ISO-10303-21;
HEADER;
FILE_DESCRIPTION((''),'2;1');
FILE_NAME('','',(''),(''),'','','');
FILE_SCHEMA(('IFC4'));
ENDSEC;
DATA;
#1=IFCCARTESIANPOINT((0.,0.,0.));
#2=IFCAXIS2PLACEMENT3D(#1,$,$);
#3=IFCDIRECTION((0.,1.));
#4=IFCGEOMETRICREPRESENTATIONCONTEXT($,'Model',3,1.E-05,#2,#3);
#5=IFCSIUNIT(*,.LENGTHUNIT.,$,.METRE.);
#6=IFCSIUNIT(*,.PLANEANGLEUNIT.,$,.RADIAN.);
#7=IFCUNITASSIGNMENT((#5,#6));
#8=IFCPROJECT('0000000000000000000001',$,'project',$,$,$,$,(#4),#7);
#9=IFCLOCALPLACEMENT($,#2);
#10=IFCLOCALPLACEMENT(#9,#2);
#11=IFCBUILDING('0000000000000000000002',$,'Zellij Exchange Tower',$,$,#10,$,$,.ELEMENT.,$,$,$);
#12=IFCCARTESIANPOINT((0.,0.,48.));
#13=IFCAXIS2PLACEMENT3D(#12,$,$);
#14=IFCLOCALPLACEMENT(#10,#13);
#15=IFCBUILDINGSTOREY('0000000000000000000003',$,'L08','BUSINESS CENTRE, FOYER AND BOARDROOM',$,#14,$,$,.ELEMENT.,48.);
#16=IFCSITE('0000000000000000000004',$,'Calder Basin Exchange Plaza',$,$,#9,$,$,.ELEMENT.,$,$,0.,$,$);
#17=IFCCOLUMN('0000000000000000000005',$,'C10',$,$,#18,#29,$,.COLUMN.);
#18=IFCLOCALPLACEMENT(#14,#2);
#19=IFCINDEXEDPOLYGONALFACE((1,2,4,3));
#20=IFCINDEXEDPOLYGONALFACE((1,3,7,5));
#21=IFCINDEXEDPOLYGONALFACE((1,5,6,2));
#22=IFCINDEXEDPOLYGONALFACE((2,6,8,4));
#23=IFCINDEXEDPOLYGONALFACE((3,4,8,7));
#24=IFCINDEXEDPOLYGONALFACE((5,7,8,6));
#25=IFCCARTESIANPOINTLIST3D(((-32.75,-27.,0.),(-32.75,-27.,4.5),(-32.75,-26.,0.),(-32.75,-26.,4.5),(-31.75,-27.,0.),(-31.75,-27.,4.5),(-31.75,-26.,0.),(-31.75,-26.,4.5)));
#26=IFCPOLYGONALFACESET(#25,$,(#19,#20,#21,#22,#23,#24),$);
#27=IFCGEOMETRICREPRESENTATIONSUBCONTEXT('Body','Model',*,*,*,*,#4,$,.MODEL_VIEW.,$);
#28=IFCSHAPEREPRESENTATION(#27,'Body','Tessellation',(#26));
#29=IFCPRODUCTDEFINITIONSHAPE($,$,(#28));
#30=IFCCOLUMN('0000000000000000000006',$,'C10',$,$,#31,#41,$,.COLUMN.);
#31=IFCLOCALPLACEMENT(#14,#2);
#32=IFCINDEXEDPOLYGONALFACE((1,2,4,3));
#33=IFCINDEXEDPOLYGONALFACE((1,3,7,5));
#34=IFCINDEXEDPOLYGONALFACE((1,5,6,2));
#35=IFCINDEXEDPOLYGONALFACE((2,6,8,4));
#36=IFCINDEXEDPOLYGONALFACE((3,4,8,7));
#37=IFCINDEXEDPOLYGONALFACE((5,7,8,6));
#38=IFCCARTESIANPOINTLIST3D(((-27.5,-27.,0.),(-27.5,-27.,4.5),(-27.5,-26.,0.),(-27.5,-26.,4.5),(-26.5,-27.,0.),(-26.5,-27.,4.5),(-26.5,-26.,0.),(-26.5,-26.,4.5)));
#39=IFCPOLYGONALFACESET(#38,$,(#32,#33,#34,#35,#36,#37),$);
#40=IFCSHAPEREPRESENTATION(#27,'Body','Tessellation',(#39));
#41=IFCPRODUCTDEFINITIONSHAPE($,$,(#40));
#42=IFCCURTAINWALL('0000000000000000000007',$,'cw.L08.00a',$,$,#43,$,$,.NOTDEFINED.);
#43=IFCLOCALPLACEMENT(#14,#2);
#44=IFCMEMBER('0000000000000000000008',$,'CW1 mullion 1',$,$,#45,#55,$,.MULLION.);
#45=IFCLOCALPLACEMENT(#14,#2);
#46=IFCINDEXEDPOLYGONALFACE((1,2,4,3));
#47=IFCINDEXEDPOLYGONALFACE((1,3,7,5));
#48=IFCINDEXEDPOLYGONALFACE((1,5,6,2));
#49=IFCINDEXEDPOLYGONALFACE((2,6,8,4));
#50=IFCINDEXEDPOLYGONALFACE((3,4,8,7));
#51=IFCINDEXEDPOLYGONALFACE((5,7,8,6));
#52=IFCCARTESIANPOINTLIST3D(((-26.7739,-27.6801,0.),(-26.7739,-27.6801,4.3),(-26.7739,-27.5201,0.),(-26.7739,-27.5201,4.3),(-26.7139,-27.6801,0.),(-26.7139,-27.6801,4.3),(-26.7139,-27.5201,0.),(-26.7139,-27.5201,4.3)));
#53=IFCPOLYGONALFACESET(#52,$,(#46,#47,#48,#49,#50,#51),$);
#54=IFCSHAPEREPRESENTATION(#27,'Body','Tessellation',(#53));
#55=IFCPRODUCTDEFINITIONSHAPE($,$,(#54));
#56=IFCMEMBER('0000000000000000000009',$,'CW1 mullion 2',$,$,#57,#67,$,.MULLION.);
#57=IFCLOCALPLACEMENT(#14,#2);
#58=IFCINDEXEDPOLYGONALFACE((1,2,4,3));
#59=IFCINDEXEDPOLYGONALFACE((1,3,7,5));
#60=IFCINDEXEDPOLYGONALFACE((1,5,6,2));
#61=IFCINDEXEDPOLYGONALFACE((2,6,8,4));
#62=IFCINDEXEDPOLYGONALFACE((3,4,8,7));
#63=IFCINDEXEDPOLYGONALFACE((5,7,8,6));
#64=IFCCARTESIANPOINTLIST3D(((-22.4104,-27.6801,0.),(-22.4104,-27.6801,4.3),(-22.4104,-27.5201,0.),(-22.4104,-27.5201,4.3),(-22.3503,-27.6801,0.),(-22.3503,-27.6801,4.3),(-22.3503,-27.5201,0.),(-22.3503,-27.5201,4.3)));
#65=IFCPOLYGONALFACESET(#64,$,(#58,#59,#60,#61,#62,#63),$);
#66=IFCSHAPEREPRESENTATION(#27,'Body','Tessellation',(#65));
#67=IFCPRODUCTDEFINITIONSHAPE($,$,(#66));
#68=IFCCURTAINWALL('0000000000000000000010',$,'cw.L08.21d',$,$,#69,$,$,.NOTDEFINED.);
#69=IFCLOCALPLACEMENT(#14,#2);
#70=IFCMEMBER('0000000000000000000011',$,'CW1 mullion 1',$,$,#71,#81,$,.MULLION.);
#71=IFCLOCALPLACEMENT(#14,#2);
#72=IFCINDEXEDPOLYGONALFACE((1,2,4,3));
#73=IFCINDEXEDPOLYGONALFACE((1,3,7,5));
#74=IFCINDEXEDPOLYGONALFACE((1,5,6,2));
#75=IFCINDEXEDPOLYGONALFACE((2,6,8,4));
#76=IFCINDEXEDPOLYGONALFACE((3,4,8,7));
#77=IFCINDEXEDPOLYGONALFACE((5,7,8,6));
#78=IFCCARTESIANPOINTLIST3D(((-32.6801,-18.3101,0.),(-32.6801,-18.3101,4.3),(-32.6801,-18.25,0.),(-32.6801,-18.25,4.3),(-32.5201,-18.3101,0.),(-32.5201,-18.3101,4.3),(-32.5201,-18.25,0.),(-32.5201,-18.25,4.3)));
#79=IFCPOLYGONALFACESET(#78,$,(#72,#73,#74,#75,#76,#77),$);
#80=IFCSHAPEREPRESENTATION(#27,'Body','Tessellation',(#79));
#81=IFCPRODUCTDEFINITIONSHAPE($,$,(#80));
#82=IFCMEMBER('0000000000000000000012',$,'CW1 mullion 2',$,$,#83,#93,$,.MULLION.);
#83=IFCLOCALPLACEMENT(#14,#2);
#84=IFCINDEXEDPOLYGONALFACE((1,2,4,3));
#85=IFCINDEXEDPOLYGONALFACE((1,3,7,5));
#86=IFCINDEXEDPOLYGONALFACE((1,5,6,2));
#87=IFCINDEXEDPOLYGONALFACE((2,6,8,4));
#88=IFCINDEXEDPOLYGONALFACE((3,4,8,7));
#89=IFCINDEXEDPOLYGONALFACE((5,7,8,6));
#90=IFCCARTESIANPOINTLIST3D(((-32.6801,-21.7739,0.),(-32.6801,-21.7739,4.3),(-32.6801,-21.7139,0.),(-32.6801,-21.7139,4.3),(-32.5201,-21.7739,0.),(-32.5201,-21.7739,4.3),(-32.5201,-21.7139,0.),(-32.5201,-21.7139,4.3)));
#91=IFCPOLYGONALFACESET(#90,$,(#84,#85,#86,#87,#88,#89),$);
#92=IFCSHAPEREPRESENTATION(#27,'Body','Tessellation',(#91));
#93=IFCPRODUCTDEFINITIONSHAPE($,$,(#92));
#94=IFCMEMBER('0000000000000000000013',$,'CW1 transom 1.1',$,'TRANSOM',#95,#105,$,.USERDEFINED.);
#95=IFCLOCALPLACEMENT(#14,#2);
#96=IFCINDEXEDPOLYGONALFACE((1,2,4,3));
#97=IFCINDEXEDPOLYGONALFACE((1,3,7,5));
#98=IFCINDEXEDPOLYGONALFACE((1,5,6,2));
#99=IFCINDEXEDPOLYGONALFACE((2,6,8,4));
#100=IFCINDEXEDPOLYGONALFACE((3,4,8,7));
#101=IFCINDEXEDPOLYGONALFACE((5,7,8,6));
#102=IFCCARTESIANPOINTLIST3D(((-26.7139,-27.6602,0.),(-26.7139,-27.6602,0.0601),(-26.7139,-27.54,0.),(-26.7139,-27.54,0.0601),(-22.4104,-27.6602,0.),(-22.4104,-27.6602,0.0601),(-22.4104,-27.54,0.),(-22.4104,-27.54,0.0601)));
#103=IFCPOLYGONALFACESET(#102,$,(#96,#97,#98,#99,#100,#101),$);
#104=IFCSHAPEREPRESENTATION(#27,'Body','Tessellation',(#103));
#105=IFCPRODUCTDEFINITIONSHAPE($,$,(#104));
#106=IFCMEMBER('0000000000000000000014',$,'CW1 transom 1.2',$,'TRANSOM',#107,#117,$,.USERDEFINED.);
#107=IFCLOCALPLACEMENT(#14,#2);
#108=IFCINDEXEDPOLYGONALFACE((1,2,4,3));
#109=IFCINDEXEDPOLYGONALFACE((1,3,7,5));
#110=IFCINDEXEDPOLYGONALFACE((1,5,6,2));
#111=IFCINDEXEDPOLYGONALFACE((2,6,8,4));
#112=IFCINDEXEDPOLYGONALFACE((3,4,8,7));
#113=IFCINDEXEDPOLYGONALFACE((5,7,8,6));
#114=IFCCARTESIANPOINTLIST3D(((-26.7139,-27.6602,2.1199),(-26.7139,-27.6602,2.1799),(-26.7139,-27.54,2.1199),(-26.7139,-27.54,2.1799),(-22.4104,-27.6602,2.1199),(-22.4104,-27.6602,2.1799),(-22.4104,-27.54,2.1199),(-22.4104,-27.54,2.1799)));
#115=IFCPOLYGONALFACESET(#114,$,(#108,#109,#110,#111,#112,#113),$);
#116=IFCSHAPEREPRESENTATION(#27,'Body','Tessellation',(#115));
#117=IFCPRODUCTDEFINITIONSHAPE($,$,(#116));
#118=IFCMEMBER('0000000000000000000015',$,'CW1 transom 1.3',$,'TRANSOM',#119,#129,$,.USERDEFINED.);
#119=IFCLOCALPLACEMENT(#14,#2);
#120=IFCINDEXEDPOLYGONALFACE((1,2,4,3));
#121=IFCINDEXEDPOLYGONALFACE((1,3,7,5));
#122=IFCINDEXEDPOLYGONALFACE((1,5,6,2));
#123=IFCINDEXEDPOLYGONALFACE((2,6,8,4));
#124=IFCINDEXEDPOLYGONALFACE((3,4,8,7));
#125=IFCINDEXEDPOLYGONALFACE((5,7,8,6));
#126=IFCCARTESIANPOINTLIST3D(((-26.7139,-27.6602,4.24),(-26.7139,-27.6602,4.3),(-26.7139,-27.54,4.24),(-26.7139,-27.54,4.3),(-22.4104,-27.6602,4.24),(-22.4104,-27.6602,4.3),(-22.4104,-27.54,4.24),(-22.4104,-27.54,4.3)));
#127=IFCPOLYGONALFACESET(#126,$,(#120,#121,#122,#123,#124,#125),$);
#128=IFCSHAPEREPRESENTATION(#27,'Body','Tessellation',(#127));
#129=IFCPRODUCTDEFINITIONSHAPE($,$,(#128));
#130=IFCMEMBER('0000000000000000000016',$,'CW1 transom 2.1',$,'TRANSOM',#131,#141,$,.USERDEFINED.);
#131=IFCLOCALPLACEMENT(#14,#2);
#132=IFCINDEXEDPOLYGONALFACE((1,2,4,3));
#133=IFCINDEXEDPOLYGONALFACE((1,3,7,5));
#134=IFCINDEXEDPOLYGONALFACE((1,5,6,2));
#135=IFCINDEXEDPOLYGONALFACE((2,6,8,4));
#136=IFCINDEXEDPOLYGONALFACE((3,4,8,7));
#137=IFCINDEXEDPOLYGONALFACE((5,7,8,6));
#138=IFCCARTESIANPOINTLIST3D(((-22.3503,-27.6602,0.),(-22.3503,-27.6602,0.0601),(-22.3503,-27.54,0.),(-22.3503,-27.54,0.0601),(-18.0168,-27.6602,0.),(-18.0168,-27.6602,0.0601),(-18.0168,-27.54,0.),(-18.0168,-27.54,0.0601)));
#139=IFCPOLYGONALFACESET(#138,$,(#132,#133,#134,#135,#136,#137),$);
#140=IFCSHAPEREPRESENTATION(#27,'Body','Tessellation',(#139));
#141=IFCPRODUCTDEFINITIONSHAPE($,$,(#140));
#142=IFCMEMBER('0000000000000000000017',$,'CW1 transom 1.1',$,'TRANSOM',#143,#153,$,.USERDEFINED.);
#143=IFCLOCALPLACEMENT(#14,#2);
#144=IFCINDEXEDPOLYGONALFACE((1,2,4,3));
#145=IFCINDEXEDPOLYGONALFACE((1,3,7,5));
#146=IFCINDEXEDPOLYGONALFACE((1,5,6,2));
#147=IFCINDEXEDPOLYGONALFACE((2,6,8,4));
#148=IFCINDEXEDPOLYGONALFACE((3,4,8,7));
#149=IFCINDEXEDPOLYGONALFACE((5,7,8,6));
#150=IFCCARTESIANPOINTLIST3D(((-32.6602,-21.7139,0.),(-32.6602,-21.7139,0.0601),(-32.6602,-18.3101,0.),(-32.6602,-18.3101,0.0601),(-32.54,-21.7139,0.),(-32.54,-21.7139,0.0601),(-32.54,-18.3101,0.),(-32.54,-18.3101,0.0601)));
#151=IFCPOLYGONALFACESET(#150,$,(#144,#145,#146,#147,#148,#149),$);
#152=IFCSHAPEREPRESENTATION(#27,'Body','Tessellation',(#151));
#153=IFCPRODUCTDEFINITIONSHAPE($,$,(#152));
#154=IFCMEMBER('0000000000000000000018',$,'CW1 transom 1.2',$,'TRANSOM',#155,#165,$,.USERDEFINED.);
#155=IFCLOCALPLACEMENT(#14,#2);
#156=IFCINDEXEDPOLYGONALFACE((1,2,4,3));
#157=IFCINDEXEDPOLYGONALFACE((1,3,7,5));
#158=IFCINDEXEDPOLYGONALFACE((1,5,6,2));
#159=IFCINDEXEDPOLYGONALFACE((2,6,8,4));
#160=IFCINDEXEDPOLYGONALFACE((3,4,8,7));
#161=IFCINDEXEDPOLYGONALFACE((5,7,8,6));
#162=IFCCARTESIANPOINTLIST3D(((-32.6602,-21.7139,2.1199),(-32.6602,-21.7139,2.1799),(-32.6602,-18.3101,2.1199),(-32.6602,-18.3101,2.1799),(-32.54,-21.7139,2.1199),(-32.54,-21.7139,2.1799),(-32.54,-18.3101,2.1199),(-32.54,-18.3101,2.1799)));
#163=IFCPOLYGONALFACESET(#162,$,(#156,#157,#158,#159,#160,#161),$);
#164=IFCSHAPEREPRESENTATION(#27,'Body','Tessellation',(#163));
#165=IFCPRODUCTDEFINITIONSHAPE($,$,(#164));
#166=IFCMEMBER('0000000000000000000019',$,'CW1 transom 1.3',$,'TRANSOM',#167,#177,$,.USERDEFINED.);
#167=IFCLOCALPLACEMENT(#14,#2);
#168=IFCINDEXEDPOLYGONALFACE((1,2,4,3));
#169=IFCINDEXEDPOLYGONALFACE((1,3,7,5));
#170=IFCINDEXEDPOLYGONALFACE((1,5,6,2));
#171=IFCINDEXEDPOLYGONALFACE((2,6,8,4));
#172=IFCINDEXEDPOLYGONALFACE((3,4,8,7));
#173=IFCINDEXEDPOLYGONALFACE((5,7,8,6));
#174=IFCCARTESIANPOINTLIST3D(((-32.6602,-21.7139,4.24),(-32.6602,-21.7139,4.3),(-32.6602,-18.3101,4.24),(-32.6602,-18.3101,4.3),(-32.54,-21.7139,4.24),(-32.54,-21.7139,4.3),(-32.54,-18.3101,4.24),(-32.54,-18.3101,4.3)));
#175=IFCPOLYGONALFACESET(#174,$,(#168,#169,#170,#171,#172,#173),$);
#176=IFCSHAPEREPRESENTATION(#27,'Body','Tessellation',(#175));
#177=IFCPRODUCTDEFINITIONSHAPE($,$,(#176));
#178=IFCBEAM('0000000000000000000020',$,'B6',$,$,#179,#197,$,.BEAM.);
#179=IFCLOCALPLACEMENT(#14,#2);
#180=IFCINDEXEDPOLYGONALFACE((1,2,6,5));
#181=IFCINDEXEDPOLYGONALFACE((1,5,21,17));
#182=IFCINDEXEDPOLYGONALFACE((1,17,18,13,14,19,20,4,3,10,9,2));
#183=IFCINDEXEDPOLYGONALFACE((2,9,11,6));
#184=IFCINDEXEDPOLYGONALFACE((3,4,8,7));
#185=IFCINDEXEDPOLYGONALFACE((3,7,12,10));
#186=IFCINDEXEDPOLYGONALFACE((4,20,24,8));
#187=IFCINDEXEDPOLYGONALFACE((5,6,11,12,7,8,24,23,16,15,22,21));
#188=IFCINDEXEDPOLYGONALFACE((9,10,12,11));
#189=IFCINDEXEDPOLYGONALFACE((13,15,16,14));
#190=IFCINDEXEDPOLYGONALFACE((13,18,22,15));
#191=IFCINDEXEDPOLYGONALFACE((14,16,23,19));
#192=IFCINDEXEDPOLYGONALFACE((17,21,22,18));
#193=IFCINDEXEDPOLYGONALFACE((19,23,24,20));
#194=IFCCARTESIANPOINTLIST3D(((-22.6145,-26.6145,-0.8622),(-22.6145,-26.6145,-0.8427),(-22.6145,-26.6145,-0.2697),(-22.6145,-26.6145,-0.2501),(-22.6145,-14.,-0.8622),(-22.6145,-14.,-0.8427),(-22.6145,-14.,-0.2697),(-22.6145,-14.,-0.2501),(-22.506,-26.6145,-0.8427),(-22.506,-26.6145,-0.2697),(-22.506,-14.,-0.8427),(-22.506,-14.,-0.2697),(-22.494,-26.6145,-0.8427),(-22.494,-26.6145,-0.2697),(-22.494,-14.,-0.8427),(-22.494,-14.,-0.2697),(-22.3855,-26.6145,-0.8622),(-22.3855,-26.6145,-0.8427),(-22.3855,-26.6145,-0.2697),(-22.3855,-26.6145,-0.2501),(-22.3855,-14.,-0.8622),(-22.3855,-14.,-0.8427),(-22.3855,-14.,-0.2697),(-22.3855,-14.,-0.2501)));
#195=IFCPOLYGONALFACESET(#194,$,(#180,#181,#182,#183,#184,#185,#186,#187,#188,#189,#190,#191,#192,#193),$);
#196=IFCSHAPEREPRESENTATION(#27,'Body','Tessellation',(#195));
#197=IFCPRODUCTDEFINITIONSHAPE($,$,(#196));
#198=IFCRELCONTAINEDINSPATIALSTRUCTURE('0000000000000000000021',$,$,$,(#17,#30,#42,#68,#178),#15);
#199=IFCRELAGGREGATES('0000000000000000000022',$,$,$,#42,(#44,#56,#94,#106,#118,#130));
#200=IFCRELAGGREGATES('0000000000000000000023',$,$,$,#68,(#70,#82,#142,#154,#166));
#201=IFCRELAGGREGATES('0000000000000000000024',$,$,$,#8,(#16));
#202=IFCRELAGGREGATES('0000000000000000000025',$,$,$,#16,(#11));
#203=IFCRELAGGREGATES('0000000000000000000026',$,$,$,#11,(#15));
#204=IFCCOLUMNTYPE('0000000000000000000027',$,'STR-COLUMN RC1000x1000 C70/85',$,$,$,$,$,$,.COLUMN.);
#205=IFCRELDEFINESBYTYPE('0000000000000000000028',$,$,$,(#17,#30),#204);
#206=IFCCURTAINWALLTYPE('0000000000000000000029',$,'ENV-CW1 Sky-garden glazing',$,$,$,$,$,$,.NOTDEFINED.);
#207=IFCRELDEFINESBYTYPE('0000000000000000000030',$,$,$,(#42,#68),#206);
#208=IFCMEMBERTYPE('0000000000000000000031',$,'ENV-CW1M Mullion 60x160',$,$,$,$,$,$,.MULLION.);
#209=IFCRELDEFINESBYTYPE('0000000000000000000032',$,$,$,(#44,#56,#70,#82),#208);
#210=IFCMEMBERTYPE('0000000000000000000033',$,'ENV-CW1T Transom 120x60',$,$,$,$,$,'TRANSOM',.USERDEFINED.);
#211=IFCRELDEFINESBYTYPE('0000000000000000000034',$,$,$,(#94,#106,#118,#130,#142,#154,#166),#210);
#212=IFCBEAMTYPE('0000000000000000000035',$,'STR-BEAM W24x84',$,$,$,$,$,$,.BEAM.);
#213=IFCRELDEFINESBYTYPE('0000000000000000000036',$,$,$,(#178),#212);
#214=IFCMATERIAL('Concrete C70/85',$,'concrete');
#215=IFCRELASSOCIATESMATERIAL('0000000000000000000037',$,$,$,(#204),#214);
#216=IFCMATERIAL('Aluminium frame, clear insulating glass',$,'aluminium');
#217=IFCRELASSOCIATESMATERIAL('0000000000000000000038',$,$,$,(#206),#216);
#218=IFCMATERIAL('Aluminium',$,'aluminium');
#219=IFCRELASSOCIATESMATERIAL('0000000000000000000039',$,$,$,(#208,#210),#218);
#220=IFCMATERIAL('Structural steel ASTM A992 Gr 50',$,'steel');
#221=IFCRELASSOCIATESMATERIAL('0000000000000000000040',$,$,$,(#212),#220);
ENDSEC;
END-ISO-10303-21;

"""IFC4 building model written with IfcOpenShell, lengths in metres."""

from ifc_helpers import new_model, si_unit, direction, frame, origin, origin_2d, place, context, subcontext, project, spatial, rectangle, i_section, extrude, material, material_profile, profile_set, type_object, element, aggregate, save


model = new_model("IFC4")

# Units and contexts
model_context = context("Model", 3, precision=1e-05, world=origin(), true_north=direction((0.0, 1.0)))
body_context = subcontext(model_context, "Body", "Model", "MODEL_VIEW")
ifc_project = project(units=[si_unit("LENGTHUNIT", "METRE"), si_unit("PLANEANGLEUNIT", "RADIAN")], contexts=[model_context])

# Site, building, storey
site_placement = place(None, origin())
site = spatial("IfcSite", under=ifc_project, at=site_placement, Name="Calder Basin Exchange Plaza", CompositionType="ELEMENT", RefElevation=0.0)
building_placement = place(site_placement, origin())
building = spatial("IfcBuilding", under=site, at=building_placement, Name="Zellij Exchange Tower", CompositionType="ELEMENT")
storey_placement = place(building_placement, frame((0.0, 0.0, 48.0)))
storey = spatial("IfcBuildingStorey", under=building, at=storey_placement, Name="L08", Description="BUSINESS CENTRE, FOYER AND BOARDROOM", CompositionType="ELEMENT", Elevation=48.0)

# Columns
ifc_material_1 = material(Name="Concrete C70/85", Category="concrete")
ifc_material_profile_1 = material_profile(ifc_material_1, rectangle(XDim=1.0, YDim=1.0, at=origin_2d()), Name="STR-COLUMN RC1000x1000 C70/85")
ifc_profile_set_1 = profile_set([ifc_material_profile_1], Name="Concrete C70/85")
column_type = type_object("IfcColumnType", Name="STR-COLUMN RC1000x1000 C70/85", PredefinedType="COLUMN", material=ifc_profile_set_1)
for number, where, z_axis, x_axis, name in (
    (1, (-32.25, -26.5, 0.0), (0.0, 0.0, 1.0), (1.0, 0.0, 0.0), "C10"),
    (2, (-27.0, -26.5, 0.0), (0.0, 0.0, 1.0), (1.0, 0.0, 0.0), "C10"),
):
    element("IfcColumn", number, at=place(storey_placement, frame(where, z_axis=z_axis, x_axis=x_axis)), inside=storey, type_object=column_type, Name=name, PredefinedType="COLUMN", context=body_context, shape_type="SweptSolid", body=[
        extrude(rectangle(XDim=1.0, YDim=1.0, at=origin_2d()), origin(), (0.0, 0.0, 1.0), 4.5),
    ])

# Curtain walls, members
ifc_material_2 = material(Name="Aluminium frame, clear insulating glass", Category="aluminium")
curtain_wall_type = type_object("IfcCurtainWallType", Name="ENV-CW1 Sky-garden glazing", PredefinedType="NOTDEFINED", material=ifc_material_2)
curtain_wall_1_placement = place(storey_placement, origin())
curtain_wall_1 = element("IfcCurtainWall", 3, at=curtain_wall_1_placement, inside=storey, type_object=curtain_wall_type, Name="cw.L08.00a", PredefinedType="NOTDEFINED")
ifc_material_3 = material(Name="Aluminium", Category="aluminium")
ifc_material_profile_2 = material_profile(ifc_material_3, rectangle(XDim=0.0601, YDim=0.1599, at=origin_2d()), Name="AL 60x160")
ifc_profile_set_2 = profile_set([ifc_material_profile_2], Name="Aluminium")
member_type_1 = type_object("IfcMemberType", Name="ENV-CW1M Mullion 60x160", PredefinedType="MULLION", material=ifc_profile_set_2)
member_1_placement = place(storey_placement, frame((-26.7439, -27.6001, 0.0), z_axis=(0.0, 0.0, 1.0), x_axis=(1.0, 0.0, 0.0)))
member_1 = element("IfcMember", 4, at=member_1_placement, type_object=member_type_1, Name="CW1 mullion 1", PredefinedType="MULLION", context=body_context, shape_type="SweptSolid", body=[
    extrude(rectangle(XDim=0.0601, YDim=0.1599, at=origin_2d()), origin(), (0.0, 0.0, 1.0), 4.3),
])
member_2_placement = place(storey_placement, frame((-22.3804, -27.6001, 0.0), z_axis=(0.0, 0.0, 1.0), x_axis=(1.0, 0.0, 0.0)))
member_2 = element("IfcMember", 5, at=member_2_placement, type_object=member_type_1, Name="CW1 mullion 2", PredefinedType="MULLION", context=body_context, shape_type="SweptSolid", body=[
    extrude(rectangle(XDim=0.0601, YDim=0.1599, at=origin_2d()), origin(), (0.0, 0.0, 1.0), 4.3),
])
curtain_wall_2_placement = place(storey_placement, origin())
curtain_wall_2 = element("IfcCurtainWall", 6, at=curtain_wall_2_placement, inside=storey, type_object=curtain_wall_type, Name="cw.L08.21d", PredefinedType="NOTDEFINED")
member_3_placement = place(storey_placement, frame((-32.6001, -18.28, 0.0), z_axis=(0.0, 0.0, 1.0), x_axis=(0.0, -1.0, 0.0)))
member_3 = element("IfcMember", 7, at=member_3_placement, type_object=member_type_1, Name="CW1 mullion 1", PredefinedType="MULLION", context=body_context, shape_type="SweptSolid", body=[
    extrude(rectangle(XDim=0.0601, YDim=0.1599, at=origin_2d()), origin(), (0.0, 0.0, 1.0), 4.3),
])
member_4_placement = place(storey_placement, frame((-32.6001, -21.7439, 0.0), z_axis=(0.0, 0.0, 1.0), x_axis=(0.0, -1.0, 0.0)))
member_4 = element("IfcMember", 8, at=member_4_placement, type_object=member_type_1, Name="CW1 mullion 2", PredefinedType="MULLION", context=body_context, shape_type="SweptSolid", body=[
    extrude(rectangle(XDim=0.0601, YDim=0.1599, at=origin_2d()), origin(), (0.0, 0.0, 1.0), 4.3),
])

# Members
ifc_material_profile_3 = material_profile(ifc_material_3, rectangle(XDim=0.1201, YDim=0.0601, at=origin_2d()), Name="AL 120x60")
ifc_profile_set_3 = profile_set([ifc_material_profile_3], Name="Aluminium")
member_type_2 = type_object("IfcMemberType", Name="ENV-CW1T Transom 120x60", ElementType="TRANSOM", PredefinedType="USERDEFINED", material=ifc_profile_set_3)
member_5_placement = place(storey_placement, frame((-26.7139, -27.6001, 0.03), z_axis=(1.0, 0.0, 0.0), x_axis=(0.0, 1.0, 0.0)))
member_5 = element("IfcMember", 9, at=member_5_placement, type_object=member_type_2, Name="CW1 transom 1.1", ObjectType="TRANSOM", PredefinedType="USERDEFINED", context=body_context, shape_type="SweptSolid", body=[
    extrude(rectangle(XDim=0.1201, YDim=0.0601, at=origin_2d()), origin(), (0.0, 0.0, 1.0), 4.3035),
])
member_6_placement = place(storey_placement, frame((-26.7139, -27.6001, 2.1499), z_axis=(1.0, 0.0, 0.0), x_axis=(0.0, 1.0, 0.0)))
member_6 = element("IfcMember", 10, at=member_6_placement, type_object=member_type_2, Name="CW1 transom 1.2", ObjectType="TRANSOM", PredefinedType="USERDEFINED", context=body_context, shape_type="SweptSolid", body=[
    extrude(rectangle(XDim=0.1201, YDim=0.0601, at=origin_2d()), origin(), (0.0, 0.0, 1.0), 4.3035),
])
member_7_placement = place(storey_placement, frame((-26.7139, -27.6001, 4.27), z_axis=(1.0, 0.0, 0.0), x_axis=(0.0, 1.0, 0.0)))
member_7 = element("IfcMember", 11, at=member_7_placement, type_object=member_type_2, Name="CW1 transom 1.3", ObjectType="TRANSOM", PredefinedType="USERDEFINED", context=body_context, shape_type="SweptSolid", body=[
    extrude(rectangle(XDim=0.1201, YDim=0.0601, at=origin_2d()), origin(), (0.0, 0.0, 1.0), 4.3035),
])
member_8_placement = place(storey_placement, frame((-22.3503, -27.6001, 0.03), z_axis=(1.0, 0.0, 0.0), x_axis=(0.0, 1.0, 0.0)))
member_8 = element("IfcMember", 12, at=member_8_placement, type_object=member_type_2, Name="CW1 transom 2.1", ObjectType="TRANSOM", PredefinedType="USERDEFINED", context=body_context, shape_type="SweptSolid", body=[
    extrude(rectangle(XDim=0.1201, YDim=0.0601, at=origin_2d()), origin(), (0.0, 0.0, 1.0), 4.3335),
])
member_9_placement = place(storey_placement, frame((-32.6001, -18.3101, 0.03), z_axis=(0.0, -1.0, 0.0), x_axis=(1.0, 0.0, 0.0)))
member_9 = element("IfcMember", 13, at=member_9_placement, type_object=member_type_2, Name="CW1 transom 1.1", ObjectType="TRANSOM", PredefinedType="USERDEFINED", context=body_context, shape_type="SweptSolid", body=[
    extrude(rectangle(XDim=0.1201, YDim=0.0601, at=origin_2d()), origin(), (0.0, 0.0, 1.0), 3.4038),
])
member_10_placement = place(storey_placement, frame((-32.6001, -18.3101, 2.1499), z_axis=(0.0, -1.0, 0.0), x_axis=(1.0, 0.0, 0.0)))
member_10 = element("IfcMember", 14, at=member_10_placement, type_object=member_type_2, Name="CW1 transom 1.2", ObjectType="TRANSOM", PredefinedType="USERDEFINED", context=body_context, shape_type="SweptSolid", body=[
    extrude(rectangle(XDim=0.1201, YDim=0.0601, at=origin_2d()), origin(), (0.0, 0.0, 1.0), 3.4038),
])
member_11_placement = place(storey_placement, frame((-32.6001, -18.3101, 4.27), z_axis=(0.0, -1.0, 0.0), x_axis=(1.0, 0.0, 0.0)))
member_11 = element("IfcMember", 15, at=member_11_placement, type_object=member_type_2, Name="CW1 transom 1.3", ObjectType="TRANSOM", PredefinedType="USERDEFINED", context=body_context, shape_type="SweptSolid", body=[
    extrude(rectangle(XDim=0.1201, YDim=0.0601, at=origin_2d()), origin(), (0.0, 0.0, 1.0), 3.4038),
])

# Beam
ifc_material_4 = material(Name="Structural steel ASTM A992 Gr 50", Category="steel")
ifc_material_profile_4 = material_profile(ifc_material_4, i_section(OverallWidth=0.229, OverallDepth=0.6121, WebThickness=0.012, FlangeThickness=0.0195, at=origin_2d()), Name="W24x84")
ifc_profile_set_4 = profile_set([ifc_material_profile_4], Name="Structural steel ASTM A992 Gr 50")
beam_type_1 = type_object("IfcBeamType", Name="STR-BEAM W24x84", PredefinedType="BEAM", material=ifc_profile_set_4)
beam_1_placement = place(storey_placement, frame((-22.5, -26.6145, -0.5562), z_axis=(0.0, 1.0, 0.0), x_axis=(-1.0, 0.0, 0.0)))
element("IfcBeam", 16, at=beam_1_placement, inside=storey, type_object=beam_type_1, Name="B6", PredefinedType="BEAM", context=body_context, shape_type="SweptSolid", body=[
    extrude(i_section(OverallWidth=0.229, OverallDepth=0.6121, WebThickness=0.012, FlangeThickness=0.0195, at=origin_2d()), origin(), (0.0, 0.0, 1.0), 12.6145),
])

aggregate(curtain_wall_1, [member_1, member_2, member_5, member_6, member_7, member_8])
aggregate(curtain_wall_2, [member_3, member_4, member_9, member_10, member_11])

save(model, "model.ifc")
